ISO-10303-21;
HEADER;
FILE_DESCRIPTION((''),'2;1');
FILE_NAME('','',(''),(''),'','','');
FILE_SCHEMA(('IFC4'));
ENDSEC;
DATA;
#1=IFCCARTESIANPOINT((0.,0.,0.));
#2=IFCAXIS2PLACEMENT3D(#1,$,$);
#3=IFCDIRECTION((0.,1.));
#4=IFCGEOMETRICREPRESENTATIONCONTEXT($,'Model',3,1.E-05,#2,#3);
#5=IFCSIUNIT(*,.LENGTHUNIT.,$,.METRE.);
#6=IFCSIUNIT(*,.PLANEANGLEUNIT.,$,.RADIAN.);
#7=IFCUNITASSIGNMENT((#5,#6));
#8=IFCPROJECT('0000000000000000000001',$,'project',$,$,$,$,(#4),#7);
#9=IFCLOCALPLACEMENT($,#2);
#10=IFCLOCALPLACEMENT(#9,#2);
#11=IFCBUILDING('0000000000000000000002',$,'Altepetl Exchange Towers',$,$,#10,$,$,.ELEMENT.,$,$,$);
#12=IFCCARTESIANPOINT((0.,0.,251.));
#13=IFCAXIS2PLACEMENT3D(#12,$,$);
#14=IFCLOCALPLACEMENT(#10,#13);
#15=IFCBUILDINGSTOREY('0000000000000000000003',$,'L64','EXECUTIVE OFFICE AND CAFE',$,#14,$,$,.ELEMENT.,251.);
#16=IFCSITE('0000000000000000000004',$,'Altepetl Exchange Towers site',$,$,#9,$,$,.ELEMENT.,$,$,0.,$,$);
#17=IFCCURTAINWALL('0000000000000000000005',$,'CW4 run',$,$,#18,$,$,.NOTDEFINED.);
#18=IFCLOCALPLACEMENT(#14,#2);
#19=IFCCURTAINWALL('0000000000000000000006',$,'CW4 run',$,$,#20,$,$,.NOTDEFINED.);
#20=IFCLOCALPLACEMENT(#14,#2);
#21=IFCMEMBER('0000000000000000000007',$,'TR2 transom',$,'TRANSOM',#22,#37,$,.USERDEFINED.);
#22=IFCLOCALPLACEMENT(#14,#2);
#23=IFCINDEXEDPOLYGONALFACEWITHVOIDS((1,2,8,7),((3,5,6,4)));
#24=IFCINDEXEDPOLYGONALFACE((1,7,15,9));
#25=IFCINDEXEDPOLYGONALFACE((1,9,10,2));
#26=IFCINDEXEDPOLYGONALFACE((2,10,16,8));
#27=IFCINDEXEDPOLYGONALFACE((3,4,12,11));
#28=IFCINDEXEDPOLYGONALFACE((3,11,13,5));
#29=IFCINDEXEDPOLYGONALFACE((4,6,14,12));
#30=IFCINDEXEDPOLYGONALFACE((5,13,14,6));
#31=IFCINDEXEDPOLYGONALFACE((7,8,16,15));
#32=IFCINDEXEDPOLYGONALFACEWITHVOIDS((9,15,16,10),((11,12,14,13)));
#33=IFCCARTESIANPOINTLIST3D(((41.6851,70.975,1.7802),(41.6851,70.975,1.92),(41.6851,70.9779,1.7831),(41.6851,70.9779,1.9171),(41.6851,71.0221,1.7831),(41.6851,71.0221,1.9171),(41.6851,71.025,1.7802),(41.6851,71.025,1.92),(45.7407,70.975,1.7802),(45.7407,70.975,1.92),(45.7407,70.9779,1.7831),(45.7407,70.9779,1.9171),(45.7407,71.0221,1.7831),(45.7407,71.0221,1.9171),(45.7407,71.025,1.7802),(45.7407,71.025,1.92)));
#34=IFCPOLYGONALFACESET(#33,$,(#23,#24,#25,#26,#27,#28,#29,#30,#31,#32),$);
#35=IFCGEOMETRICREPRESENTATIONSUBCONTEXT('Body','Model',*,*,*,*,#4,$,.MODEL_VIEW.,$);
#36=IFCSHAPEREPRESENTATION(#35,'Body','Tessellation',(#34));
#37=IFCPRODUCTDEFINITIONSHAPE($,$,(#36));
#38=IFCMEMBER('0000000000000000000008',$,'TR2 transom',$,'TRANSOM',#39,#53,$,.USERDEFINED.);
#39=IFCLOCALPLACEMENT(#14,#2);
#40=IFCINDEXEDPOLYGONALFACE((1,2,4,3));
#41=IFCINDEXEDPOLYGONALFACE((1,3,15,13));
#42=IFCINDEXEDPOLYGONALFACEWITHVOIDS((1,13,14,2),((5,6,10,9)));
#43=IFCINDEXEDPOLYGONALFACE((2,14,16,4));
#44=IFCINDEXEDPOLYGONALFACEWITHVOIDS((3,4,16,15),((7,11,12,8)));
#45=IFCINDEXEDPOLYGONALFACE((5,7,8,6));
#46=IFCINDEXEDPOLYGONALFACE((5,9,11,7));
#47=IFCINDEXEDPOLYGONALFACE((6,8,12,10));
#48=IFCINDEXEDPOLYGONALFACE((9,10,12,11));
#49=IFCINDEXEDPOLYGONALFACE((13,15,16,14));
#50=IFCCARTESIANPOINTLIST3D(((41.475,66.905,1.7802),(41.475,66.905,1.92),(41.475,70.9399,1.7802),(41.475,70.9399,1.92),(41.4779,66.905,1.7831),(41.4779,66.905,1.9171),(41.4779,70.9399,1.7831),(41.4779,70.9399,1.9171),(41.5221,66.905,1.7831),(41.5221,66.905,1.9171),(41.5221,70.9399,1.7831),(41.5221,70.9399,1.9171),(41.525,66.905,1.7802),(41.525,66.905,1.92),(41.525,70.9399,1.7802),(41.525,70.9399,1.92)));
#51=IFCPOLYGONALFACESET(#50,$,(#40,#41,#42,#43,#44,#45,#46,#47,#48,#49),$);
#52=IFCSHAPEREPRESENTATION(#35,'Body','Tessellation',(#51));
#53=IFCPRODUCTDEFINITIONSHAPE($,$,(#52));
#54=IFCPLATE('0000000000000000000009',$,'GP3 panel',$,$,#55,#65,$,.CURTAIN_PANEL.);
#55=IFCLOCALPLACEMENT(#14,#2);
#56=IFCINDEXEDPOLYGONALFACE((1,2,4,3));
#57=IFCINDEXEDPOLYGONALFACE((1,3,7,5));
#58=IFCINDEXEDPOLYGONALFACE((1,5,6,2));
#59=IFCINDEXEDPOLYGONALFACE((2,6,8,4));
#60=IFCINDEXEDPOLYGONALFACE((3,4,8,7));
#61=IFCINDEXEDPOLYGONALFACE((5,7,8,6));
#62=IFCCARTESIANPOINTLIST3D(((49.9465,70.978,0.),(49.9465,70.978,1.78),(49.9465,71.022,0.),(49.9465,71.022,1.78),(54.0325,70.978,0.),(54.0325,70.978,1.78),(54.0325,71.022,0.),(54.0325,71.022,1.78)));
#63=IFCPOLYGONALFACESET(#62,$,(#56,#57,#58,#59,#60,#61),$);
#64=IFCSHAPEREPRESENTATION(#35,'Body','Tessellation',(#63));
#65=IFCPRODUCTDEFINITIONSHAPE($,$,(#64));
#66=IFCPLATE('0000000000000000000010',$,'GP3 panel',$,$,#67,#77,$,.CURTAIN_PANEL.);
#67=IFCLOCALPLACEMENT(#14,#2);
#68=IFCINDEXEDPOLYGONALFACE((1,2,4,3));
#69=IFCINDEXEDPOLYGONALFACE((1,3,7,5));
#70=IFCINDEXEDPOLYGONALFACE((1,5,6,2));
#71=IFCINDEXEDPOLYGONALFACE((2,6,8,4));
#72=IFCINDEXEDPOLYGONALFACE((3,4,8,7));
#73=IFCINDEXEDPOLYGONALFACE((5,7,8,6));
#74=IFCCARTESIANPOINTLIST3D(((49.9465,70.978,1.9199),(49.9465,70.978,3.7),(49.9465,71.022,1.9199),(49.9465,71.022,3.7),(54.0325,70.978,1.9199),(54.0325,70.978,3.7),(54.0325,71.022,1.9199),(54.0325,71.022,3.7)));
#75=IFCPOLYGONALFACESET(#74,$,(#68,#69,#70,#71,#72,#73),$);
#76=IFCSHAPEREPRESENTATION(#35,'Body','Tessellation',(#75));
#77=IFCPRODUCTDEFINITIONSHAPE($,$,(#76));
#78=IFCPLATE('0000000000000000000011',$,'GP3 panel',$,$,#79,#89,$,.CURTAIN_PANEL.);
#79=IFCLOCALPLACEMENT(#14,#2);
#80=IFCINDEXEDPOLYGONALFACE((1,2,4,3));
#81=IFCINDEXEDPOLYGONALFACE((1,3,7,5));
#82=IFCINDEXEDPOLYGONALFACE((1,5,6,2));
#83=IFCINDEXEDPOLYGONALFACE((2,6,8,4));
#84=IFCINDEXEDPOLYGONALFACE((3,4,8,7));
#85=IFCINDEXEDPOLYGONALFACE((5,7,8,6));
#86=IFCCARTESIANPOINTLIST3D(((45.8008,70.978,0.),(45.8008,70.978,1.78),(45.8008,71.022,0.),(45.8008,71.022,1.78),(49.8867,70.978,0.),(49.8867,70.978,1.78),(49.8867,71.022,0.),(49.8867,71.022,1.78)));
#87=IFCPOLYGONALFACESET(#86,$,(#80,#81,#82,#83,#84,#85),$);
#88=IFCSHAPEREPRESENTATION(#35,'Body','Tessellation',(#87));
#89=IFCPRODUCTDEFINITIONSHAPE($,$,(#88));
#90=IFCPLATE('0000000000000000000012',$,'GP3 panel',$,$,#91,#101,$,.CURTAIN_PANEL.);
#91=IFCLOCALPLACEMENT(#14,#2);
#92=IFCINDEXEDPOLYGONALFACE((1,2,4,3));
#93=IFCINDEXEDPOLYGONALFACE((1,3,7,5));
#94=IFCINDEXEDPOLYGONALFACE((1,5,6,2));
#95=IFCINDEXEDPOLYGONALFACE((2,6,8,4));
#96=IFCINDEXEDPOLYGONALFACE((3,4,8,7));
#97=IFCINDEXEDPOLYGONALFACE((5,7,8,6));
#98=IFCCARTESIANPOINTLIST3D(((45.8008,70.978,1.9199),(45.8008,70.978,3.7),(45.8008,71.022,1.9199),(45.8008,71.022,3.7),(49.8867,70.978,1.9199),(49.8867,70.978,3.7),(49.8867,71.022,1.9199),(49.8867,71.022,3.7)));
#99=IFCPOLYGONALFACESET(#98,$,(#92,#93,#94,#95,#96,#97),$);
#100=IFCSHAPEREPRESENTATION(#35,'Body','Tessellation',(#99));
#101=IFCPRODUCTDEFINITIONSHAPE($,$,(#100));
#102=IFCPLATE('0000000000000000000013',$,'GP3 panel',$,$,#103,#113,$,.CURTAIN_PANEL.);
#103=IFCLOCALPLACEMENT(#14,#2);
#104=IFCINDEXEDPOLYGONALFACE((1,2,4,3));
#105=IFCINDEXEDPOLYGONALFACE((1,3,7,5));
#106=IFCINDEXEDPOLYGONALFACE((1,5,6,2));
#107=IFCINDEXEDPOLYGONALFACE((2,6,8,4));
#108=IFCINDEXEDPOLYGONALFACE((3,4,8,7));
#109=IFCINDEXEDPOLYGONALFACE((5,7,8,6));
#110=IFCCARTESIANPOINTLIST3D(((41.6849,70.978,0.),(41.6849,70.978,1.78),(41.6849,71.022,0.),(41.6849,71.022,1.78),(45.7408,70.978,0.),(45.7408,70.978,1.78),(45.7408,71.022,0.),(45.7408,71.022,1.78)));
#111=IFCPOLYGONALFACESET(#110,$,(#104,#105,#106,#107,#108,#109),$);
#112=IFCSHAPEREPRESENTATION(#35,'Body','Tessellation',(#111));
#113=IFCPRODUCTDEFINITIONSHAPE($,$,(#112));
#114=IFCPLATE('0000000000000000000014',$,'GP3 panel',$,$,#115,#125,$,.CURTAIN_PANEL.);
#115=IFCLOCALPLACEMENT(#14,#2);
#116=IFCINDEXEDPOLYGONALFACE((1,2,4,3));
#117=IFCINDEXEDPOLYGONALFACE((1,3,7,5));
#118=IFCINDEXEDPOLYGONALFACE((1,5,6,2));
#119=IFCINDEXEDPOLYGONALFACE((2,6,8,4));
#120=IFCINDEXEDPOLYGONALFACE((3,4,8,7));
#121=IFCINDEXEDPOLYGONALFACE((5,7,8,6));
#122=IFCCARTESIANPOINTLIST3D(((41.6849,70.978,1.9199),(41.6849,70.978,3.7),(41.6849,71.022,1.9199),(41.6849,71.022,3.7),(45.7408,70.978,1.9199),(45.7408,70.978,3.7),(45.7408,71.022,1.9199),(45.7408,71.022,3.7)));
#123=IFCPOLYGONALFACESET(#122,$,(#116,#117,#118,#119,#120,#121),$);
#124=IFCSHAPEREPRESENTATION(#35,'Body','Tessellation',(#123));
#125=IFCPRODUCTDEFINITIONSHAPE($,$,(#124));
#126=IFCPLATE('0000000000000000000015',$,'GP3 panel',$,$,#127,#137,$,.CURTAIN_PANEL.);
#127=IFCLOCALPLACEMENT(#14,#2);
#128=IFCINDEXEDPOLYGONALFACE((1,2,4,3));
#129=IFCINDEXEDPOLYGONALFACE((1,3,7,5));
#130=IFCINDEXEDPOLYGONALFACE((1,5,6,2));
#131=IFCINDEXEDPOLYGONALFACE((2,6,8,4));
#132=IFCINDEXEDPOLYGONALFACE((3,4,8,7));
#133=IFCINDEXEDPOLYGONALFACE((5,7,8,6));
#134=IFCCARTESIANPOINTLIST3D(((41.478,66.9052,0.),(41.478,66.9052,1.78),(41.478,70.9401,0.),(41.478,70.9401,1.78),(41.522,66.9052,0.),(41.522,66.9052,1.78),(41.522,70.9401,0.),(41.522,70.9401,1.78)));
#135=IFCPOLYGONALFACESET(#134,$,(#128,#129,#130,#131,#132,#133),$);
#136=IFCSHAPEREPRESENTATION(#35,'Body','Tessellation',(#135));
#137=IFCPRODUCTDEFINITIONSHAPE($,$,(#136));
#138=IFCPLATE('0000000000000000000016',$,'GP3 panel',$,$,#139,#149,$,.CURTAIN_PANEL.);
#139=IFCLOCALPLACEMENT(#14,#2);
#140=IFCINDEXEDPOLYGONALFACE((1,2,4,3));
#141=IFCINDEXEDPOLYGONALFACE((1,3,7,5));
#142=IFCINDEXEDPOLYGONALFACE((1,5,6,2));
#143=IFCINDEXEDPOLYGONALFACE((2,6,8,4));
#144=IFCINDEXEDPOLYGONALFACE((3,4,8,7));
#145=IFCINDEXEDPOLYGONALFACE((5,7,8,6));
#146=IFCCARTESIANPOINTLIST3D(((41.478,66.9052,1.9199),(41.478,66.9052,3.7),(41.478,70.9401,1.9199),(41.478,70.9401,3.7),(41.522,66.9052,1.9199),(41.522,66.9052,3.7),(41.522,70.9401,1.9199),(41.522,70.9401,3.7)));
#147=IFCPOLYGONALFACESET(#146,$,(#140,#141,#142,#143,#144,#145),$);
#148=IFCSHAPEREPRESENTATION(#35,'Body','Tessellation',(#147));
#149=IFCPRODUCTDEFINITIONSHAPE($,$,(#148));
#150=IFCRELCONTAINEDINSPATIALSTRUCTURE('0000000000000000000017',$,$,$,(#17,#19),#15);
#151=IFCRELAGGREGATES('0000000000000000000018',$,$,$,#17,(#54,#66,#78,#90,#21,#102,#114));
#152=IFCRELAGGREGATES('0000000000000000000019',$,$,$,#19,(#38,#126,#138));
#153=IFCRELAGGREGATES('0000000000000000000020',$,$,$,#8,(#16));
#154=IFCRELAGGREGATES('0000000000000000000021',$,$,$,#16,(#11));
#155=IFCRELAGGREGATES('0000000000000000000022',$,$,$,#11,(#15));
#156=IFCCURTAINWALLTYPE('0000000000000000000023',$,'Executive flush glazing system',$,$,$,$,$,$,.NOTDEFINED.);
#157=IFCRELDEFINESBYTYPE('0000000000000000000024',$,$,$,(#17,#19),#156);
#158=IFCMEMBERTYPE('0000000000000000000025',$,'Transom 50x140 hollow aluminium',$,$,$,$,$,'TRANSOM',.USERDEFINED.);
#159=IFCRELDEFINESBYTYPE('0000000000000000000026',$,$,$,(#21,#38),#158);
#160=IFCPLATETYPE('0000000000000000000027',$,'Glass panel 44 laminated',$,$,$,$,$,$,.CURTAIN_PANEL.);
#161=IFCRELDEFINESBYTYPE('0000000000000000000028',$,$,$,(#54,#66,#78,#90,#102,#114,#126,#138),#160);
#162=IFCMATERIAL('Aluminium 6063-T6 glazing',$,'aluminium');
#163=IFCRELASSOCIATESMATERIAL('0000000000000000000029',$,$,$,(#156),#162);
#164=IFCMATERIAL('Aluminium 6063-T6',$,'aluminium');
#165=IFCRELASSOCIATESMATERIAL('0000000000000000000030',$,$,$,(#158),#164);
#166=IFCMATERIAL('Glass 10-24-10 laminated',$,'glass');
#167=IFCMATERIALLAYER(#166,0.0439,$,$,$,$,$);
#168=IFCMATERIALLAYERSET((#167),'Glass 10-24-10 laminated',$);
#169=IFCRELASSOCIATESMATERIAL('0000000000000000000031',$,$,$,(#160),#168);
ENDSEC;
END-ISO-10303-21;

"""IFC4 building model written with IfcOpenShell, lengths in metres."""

from ifc_helpers import new_model, si_unit, direction, frame, origin, origin_2d, place, context, subcontext, project, spatial, rectangle, hollow_rectangle, extrude, material, layer, layer_set, material_profile, profile_set, type_object, element, aggregate, save


model = new_model("IFC4")

# Units and contexts
model_context = context("Model", 3, precision=1e-05, world=origin(), true_north=direction((0.0, 1.0)))
body_context = subcontext(model_context, "Body", "Model", "MODEL_VIEW")
ifc_project = project(units=[si_unit("LENGTHUNIT", "METRE"), si_unit("PLANEANGLEUNIT", "RADIAN")], contexts=[model_context])

# Site, building, storey
site_placement = place(None, origin())
site = spatial("IfcSite", under=ifc_project, at=site_placement, Name="Altepetl Exchange Towers site", CompositionType="ELEMENT", RefElevation=0.0)
building_placement = place(site_placement, origin())
building = spatial("IfcBuilding", under=site, at=building_placement, Name="Altepetl Exchange Towers", CompositionType="ELEMENT")
storey_placement = place(building_placement, frame((0.0, 0.0, 251.0)))
storey = spatial("IfcBuildingStorey", under=building, at=storey_placement, Name="L64", Description="EXECUTIVE OFFICE AND CAFE", CompositionType="ELEMENT", Elevation=251.0)

# Curtain wall
ifc_material_1 = material(Name="Aluminium 6063-T6 glazing", Category="aluminium")
curtain_wall_type = type_object("IfcCurtainWallType", Name="Executive flush glazing system", PredefinedType="NOTDEFINED", material=ifc_material_1)
curtain_wall_1_placement = place(storey_placement, origin())
curtain_wall_1 = element("IfcCurtainWall", 1, at=curtain_wall_1_placement, inside=storey, type_object=curtain_wall_type, Name="CW4 run", PredefinedType="NOTDEFINED")
ifc_material_2 = material(Name="Aluminium 6063-T6", Category="aluminium")

# Curtain wall
curtain_wall_2_placement = place(storey_placement, origin())
curtain_wall_2 = element("IfcCurtainWall", 2, at=curtain_wall_2_placement, inside=storey, type_object=curtain_wall_type, Name="CW4 run", PredefinedType="NOTDEFINED")

# Members
ifc_material_profile_1 = material_profile(ifc_material_2, hollow_rectangle(XDim=0.05, YDim=0.1399, WallThickness=0.0029, at=origin_2d()), Name="Transom 50x140 hollow aluminium")
ifc_profile_set_1 = profile_set([ifc_material_profile_1], Name="Aluminium 6063-T6")
member_type_1 = type_object("IfcMemberType", Name="Transom 50x140 hollow aluminium", ElementType="TRANSOM", PredefinedType="USERDEFINED", material=ifc_profile_set_1)
member_1_placement = place(storey_placement, frame((45.7407, 71.0, 1.8501), z_axis=(-1.0, 0.0, 0.0), x_axis=(0.0, -1.0, 0.0)))
member_1 = element("IfcMember", 3, at=member_1_placement, type_object=member_type_1, Name="TR2 transom", ObjectType="TRANSOM", PredefinedType="USERDEFINED", context=body_context, shape_type="SweptSolid", body=[
    extrude(hollow_rectangle(XDim=0.05, YDim=0.1399, WallThickness=0.0029, at=origin_2d()), origin(), (0.0, 0.0, 1.0), 4.0557),
])
member_2_placement = place(storey_placement, frame((41.5, 70.9399, 1.8501), z_axis=(0.0, -1.0, 0.0), x_axis=(1.0, 0.0, 0.0)))
member_2 = element("IfcMember", 4, at=member_2_placement, type_object=member_type_1, Name="TR2 transom", ObjectType="TRANSOM", PredefinedType="USERDEFINED", context=body_context, shape_type="SweptSolid", body=[
    extrude(hollow_rectangle(XDim=0.05, YDim=0.1399, WallThickness=0.0029, at=origin_2d()), origin(), (0.0, 0.0, 1.0), 4.0349),
])

# Plates
ifc_material_3 = material(Name="Glass 10-24-10 laminated", Category="glass")
ifc_layer = layer(ifc_material_3, 0.0439)
ifc_layer_set = layer_set([ifc_layer], Name="Glass 10-24-10 laminated")
plate_type = type_object("IfcPlateType", Name="Glass panel 44 laminated", PredefinedType="CURTAIN_PANEL", material=ifc_layer_set)
plate_1_placement = place(storey_placement, frame((51.9895, 71.0, 0.0), z_axis=(0.0, 0.0, 1.0), x_axis=(-1.0, 0.0, 0.0)))
plate_1 = element("IfcPlate", 5, at=plate_1_placement, type_object=plate_type, Name="GP3 panel", PredefinedType="CURTAIN_PANEL", context=body_context, shape_type="SweptSolid", body=[
    extrude(rectangle(XDim=4.0859, YDim=0.0439, at=origin_2d()), origin(), (0.0, 0.0, 1.0), 1.78),
])
plate_2_placement = place(storey_placement, frame((51.9895, 71.0, 1.9199), z_axis=(0.0, 0.0, 1.0), x_axis=(-1.0, 0.0, 0.0)))
plate_2 = element("IfcPlate", 6, at=plate_2_placement, type_object=plate_type, Name="GP3 panel", PredefinedType="CURTAIN_PANEL", context=body_context, shape_type="SweptSolid", body=[
    extrude(rectangle(XDim=4.0859, YDim=0.0439, at=origin_2d()), origin(), (0.0, 0.0, 1.0), 1.78),
])
plate_3_placement = place(storey_placement, frame((47.8438, 71.0, 0.0), z_axis=(0.0, 0.0, 1.0), x_axis=(-1.0, 0.0, 0.0)))
plate_3 = element("IfcPlate", 7, at=plate_3_placement, type_object=plate_type, Name="GP3 panel", PredefinedType="CURTAIN_PANEL", context=body_context, shape_type="SweptSolid", body=[
    extrude(rectangle(XDim=4.0859, YDim=0.0439, at=origin_2d()), origin(), (0.0, 0.0, 1.0), 1.78),
])
plate_4_placement = place(storey_placement, frame((47.8438, 71.0, 1.9199), z_axis=(0.0, 0.0, 1.0), x_axis=(-1.0, 0.0, 0.0)))
plate_4 = element("IfcPlate", 8, at=plate_4_placement, type_object=plate_type, Name="GP3 panel", PredefinedType="CURTAIN_PANEL", context=body_context, shape_type="SweptSolid", body=[
    extrude(rectangle(XDim=4.0859, YDim=0.0439, at=origin_2d()), origin(), (0.0, 0.0, 1.0), 1.78),
])
plate_5_placement = place(storey_placement, frame((43.7129, 71.0, 0.0), z_axis=(0.0, 0.0, 1.0), x_axis=(-1.0, 0.0, 0.0)))
plate_5 = element("IfcPlate", 9, at=plate_5_placement, type_object=plate_type, Name="GP3 panel", PredefinedType="CURTAIN_PANEL", context=body_context, shape_type="SweptSolid", body=[
    extrude(rectangle(XDim=4.0559, YDim=0.0439, at=origin_2d()), origin(), (0.0, 0.0, 1.0), 1.78),
])
plate_6_placement = place(storey_placement, frame((43.7129, 71.0, 1.9199), z_axis=(0.0, 0.0, 1.0), x_axis=(-1.0, 0.0, 0.0)))
plate_6 = element("IfcPlate", 10, at=plate_6_placement, type_object=plate_type, Name="GP3 panel", PredefinedType="CURTAIN_PANEL", context=body_context, shape_type="SweptSolid", body=[
    extrude(rectangle(XDim=4.0559, YDim=0.0439, at=origin_2d()), origin(), (0.0, 0.0, 1.0), 1.78),
])
aggregate(curtain_wall_1, [plate_1, plate_2, plate_3, plate_4, member_1, plate_5, plate_6])
plate_7_placement = place(storey_placement, frame((41.5, 68.9226, 0.0), z_axis=(0.0, 0.0, 1.0), x_axis=(0.0, -1.0, 0.0)))
plate_7 = element("IfcPlate", 11, at=plate_7_placement, type_object=plate_type, Name="GP3 panel", PredefinedType="CURTAIN_PANEL", context=body_context, shape_type="SweptSolid", body=[
    extrude(rectangle(XDim=4.0349, YDim=0.0439, at=origin_2d()), origin(), (0.0, 0.0, 1.0), 1.78),
])
plate_8_placement = place(storey_placement, frame((41.5, 68.9226, 1.9199), z_axis=(0.0, 0.0, 1.0), x_axis=(0.0, -1.0, 0.0)))
plate_8 = element("IfcPlate", 12, at=plate_8_placement, type_object=plate_type, Name="GP3 panel", PredefinedType="CURTAIN_PANEL", context=body_context, shape_type="SweptSolid", body=[
    extrude(rectangle(XDim=4.0349, YDim=0.0439, at=origin_2d()), origin(), (0.0, 0.0, 1.0), 1.78),
])
aggregate(curtain_wall_2, [member_2, plate_7, plate_8])

save(model, "model.ifc")
